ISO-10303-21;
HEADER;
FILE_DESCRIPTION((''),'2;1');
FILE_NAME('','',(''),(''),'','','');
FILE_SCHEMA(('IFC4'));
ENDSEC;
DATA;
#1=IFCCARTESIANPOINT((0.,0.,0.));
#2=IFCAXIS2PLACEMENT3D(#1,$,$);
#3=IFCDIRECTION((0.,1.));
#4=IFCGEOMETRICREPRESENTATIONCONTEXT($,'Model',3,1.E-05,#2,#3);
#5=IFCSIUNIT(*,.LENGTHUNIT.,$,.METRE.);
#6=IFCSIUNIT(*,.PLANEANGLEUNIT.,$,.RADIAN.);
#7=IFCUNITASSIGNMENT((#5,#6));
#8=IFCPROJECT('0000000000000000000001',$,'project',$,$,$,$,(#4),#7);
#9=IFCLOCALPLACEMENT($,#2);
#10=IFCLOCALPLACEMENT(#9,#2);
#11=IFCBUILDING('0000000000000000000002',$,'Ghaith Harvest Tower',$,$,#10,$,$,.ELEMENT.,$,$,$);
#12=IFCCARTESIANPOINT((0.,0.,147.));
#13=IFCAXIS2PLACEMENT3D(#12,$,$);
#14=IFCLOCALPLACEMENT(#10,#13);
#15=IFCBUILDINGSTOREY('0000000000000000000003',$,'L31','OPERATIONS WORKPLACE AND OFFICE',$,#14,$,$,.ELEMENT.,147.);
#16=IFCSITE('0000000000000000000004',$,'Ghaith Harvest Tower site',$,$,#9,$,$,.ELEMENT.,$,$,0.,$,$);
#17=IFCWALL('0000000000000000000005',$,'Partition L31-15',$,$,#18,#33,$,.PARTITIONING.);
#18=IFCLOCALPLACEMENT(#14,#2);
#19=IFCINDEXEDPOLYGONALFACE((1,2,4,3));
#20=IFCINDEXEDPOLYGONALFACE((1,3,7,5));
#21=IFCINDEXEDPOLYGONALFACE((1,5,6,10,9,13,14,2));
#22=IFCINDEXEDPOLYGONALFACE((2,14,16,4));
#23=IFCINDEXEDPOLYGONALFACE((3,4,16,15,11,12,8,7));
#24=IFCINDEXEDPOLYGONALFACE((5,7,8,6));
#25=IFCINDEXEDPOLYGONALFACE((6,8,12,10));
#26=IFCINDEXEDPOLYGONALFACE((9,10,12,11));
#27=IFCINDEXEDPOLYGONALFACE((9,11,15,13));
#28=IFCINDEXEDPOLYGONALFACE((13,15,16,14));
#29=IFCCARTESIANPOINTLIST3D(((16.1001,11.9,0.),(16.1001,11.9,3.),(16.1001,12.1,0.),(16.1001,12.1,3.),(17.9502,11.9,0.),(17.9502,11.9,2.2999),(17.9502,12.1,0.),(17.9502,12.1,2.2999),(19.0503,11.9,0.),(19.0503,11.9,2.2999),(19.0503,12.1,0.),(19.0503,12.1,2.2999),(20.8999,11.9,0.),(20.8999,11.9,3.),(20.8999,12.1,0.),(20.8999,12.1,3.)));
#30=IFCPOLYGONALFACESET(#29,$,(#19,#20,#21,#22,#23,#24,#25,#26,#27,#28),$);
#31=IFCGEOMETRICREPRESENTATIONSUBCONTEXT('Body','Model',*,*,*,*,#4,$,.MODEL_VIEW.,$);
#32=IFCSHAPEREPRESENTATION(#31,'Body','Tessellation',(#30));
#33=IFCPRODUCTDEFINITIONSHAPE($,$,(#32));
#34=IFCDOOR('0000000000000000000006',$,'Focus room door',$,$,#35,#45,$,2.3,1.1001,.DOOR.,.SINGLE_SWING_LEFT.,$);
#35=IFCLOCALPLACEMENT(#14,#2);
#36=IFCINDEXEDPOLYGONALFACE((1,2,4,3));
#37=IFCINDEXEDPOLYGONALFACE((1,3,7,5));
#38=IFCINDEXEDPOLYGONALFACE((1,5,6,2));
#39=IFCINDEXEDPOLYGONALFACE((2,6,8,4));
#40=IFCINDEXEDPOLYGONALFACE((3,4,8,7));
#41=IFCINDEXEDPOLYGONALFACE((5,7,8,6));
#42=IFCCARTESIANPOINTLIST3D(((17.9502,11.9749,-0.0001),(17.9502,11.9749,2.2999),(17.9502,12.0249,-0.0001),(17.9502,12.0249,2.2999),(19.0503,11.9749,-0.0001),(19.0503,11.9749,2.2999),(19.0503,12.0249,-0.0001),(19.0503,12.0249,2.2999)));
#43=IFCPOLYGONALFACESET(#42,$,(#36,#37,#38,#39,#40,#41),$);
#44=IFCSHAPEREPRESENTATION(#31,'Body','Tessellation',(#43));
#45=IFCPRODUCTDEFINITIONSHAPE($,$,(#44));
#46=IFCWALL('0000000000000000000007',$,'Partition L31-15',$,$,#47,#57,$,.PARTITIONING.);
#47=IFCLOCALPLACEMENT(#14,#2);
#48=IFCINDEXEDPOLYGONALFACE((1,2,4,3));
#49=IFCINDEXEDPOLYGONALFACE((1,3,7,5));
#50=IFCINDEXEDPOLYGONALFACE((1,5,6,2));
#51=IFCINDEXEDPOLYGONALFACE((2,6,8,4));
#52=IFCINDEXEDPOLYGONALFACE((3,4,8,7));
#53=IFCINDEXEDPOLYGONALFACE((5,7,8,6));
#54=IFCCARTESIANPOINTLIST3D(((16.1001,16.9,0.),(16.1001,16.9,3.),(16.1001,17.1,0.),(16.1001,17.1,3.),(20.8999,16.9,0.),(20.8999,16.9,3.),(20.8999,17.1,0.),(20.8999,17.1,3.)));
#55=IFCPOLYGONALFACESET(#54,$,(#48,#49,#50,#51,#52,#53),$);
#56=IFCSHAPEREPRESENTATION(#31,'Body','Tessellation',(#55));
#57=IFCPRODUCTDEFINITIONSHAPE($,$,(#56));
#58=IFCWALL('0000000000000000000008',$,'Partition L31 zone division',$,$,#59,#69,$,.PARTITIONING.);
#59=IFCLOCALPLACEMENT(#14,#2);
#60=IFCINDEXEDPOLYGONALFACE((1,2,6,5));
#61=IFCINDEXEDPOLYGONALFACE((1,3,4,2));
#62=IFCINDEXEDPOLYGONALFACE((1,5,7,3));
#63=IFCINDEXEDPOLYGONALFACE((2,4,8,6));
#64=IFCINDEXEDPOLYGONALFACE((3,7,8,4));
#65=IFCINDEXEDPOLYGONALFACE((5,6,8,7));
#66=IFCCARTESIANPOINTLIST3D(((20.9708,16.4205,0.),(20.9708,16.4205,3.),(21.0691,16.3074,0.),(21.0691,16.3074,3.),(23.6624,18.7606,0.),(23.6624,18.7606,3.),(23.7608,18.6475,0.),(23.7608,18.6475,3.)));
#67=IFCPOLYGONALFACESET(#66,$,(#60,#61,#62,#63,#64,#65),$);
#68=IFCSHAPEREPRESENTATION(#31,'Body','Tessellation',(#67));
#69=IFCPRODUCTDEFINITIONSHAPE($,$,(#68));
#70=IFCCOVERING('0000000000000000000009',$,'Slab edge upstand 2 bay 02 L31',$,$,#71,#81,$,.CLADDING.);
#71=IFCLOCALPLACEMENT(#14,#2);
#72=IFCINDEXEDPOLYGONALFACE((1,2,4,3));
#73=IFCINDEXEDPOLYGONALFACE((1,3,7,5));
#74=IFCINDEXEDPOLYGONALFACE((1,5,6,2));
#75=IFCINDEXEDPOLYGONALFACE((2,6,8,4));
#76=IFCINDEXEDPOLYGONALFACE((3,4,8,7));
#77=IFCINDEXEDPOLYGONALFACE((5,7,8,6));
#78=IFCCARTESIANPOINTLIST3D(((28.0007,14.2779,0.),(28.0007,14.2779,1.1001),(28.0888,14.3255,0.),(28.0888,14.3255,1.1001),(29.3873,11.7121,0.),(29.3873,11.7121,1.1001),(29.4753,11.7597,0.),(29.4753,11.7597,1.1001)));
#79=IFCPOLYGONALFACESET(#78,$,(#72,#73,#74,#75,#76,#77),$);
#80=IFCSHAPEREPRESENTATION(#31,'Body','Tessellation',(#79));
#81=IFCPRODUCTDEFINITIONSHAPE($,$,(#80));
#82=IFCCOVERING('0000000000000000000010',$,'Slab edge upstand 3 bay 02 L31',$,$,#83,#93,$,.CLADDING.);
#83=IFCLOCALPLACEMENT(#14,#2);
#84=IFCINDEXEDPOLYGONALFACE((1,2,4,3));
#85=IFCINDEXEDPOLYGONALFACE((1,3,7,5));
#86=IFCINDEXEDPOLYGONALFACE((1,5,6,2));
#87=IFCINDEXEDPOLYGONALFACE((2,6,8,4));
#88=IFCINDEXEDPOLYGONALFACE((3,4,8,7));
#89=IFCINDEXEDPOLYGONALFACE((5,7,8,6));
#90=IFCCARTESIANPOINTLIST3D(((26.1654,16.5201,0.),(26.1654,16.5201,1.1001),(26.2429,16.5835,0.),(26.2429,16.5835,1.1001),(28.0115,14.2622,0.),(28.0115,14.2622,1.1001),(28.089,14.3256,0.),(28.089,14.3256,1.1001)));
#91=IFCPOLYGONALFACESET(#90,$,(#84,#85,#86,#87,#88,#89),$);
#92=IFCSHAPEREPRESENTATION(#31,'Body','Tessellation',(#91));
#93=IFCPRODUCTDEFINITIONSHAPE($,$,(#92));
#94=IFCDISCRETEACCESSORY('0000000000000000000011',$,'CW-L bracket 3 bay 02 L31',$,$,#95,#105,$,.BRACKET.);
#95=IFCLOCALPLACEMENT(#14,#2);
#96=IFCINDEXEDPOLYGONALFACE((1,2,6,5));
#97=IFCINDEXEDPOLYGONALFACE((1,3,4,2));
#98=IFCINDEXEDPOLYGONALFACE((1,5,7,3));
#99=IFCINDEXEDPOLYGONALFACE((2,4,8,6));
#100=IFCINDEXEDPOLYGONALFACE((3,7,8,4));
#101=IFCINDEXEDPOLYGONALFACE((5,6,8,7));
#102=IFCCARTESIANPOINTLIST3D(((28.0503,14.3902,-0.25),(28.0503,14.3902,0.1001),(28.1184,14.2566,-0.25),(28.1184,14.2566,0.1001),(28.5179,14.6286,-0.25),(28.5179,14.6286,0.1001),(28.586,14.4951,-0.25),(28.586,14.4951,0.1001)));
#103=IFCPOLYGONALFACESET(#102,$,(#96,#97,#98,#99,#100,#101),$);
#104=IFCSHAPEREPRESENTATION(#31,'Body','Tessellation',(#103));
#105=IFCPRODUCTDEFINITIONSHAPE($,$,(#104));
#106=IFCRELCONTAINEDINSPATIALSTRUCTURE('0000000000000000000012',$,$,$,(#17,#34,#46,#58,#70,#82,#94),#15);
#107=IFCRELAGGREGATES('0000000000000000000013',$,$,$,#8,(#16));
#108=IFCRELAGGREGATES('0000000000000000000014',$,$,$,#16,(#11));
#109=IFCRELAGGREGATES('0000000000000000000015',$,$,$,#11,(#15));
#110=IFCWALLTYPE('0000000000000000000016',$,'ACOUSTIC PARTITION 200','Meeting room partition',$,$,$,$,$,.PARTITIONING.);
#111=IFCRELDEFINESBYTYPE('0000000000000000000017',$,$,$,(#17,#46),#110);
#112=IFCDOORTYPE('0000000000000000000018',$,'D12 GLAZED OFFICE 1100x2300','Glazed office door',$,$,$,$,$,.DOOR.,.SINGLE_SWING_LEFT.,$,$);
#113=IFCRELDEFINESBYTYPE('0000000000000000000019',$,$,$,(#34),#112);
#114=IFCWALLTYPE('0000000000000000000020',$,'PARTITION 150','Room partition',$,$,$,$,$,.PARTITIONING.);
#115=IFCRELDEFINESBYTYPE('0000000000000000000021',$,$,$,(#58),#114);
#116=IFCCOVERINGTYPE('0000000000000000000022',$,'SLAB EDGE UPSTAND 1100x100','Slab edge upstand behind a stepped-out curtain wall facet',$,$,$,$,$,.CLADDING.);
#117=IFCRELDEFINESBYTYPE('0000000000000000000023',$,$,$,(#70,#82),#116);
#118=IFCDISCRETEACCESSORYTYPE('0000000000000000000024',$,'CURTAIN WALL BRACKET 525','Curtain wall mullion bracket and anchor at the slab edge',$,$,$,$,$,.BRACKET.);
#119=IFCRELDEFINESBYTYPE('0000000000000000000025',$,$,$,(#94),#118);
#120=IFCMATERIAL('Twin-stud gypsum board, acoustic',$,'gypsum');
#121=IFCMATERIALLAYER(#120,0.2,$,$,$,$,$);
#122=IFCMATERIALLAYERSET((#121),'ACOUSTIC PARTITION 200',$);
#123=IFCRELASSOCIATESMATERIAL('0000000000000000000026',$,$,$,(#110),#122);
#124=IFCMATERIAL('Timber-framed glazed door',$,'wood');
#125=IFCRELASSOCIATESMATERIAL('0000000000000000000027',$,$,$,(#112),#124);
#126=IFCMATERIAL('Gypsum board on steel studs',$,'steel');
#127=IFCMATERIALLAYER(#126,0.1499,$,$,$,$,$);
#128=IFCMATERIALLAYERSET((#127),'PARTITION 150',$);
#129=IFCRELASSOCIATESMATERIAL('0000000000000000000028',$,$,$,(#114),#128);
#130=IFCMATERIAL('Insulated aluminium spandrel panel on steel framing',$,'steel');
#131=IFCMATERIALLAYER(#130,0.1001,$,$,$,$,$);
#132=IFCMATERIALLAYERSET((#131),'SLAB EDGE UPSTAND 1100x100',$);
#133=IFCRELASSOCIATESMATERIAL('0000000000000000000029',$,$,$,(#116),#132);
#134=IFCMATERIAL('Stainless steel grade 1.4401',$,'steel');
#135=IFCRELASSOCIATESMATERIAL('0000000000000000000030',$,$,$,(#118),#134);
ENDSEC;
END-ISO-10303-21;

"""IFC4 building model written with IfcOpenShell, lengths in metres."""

from ifc_helpers import new_model, si_unit, direction, frame, frame_2d, origin, origin_2d, place, context, subcontext, project, spatial, rectangle, extrude, material, layer, layer_set, type_object, element, fill, save


model = new_model("IFC4")

# Units and contexts
model_context = context("Model", 3, precision=1e-05, world=origin(), true_north=direction((0.0, 1.0)))
body_context = subcontext(model_context, "Body", "Model", "MODEL_VIEW")
ifc_project = project(units=[si_unit("LENGTHUNIT", "METRE"), si_unit("PLANEANGLEUNIT", "RADIAN")], contexts=[model_context])

# Site, building, storey
site_placement = place(None, origin())
site = spatial("IfcSite", under=ifc_project, at=site_placement, Name="Ghaith Harvest Tower site", CompositionType="ELEMENT", RefElevation=0.0)
building_placement = place(site_placement, origin())
building = spatial("IfcBuilding", under=site, at=building_placement, Name="Ghaith Harvest Tower", CompositionType="ELEMENT")
storey_placement = place(building_placement, frame((0.0, 0.0, 147.0)))
storey = spatial("IfcBuildingStorey", under=building, at=storey_placement, Name="L31", Description="OPERATIONS WORKPLACE AND OFFICE", CompositionType="ELEMENT", Elevation=147.0)

# Wall, opening, door
ifc_material_1 = material(Name="Twin-stud gypsum board, acoustic", Category="gypsum")
ifc_layer_1 = layer(ifc_material_1, 0.2)
ifc_layer_set_1 = layer_set([ifc_layer_1], Name="ACOUSTIC PARTITION 200")
wall_type_1 = type_object("IfcWallType", Name="ACOUSTIC PARTITION 200", Description="Meeting room partition", PredefinedType="PARTITIONING", material=ifc_layer_set_1)
wall_1_placement = place(storey_placement, frame((16.1001, 12.0, 0.0), z_axis=(0.0, 0.0, 1.0), x_axis=(1.0, 0.0, 0.0)))
wall_1 = element("IfcWall", 1, at=wall_1_placement, inside=storey, type_object=wall_type_1, Name="Partition L31-15", PredefinedType="PARTITIONING", context=body_context, shape_type="SweptSolid", body=[
    extrude(rectangle(XDim=4.7998, YDim=0.2, at=frame_2d((2.3999, 0.0))), origin(), (0.0, 0.0, 1.0), 3.0),
])
opening_placement = place(wall_1_placement, frame((1.8501, 0.0, 0.0)))
opening = element("IfcOpeningElement", 2, at=opening_placement, cuts=wall_1, PredefinedType="OPENING", context=body_context, shape_type="SweptSolid", body=[
    extrude(rectangle(XDim=1.1001, YDim=2.3, at=frame_2d((0.55, 1.1499))), frame((0.0, 0.1099, 0.0), z_axis=(0.0, -1.0, 0.0), x_axis=(1.0, 0.0, 0.0)), (0.0, 0.0, 1.0), 0.22),
])
ifc_material_2 = material(Name="Timber-framed glazed door", Category="wood")
door_type = type_object("IfcDoorType", Name="D12 GLAZED OFFICE 1100x2300", Description="Glazed office door", OperationType="SINGLE_SWING_LEFT", PredefinedType="DOOR", material=ifc_material_2)
door_placement = place(opening_placement, origin())
door = element("IfcDoor", 3, at=door_placement, inside=storey, type_object=door_type, Name="Focus room door", OperationType="SINGLE_SWING_LEFT", OverallHeight=2.3, OverallWidth=1.1001, PredefinedType="DOOR", context=body_context, shape_type="SweptSolid", body=[
    extrude(rectangle(XDim=1.1001, YDim=2.3, at=frame_2d((0.55, 1.1499))), frame((0.0, 0.0249, 0.0), z_axis=(0.0, -1.0, 0.0), x_axis=(1.0, 0.0, 0.0)), (0.0, 0.0, 1.0), 0.05),
])
fill(opening, door)

# Walls
wall_2_placement = place(storey_placement, frame((16.1001, 17.0, 0.0), z_axis=(0.0, 0.0, 1.0), x_axis=(1.0, 0.0, 0.0)))
element("IfcWall", 4, at=wall_2_placement, inside=storey, type_object=wall_type_1, Name="Partition L31-15", PredefinedType="PARTITIONING", context=body_context, shape_type="SweptSolid", body=[
    extrude(rectangle(XDim=4.7998, YDim=0.2, at=frame_2d((2.3999, 0.0))), origin(), (0.0, 0.0, 1.0), 3.0),
])
ifc_material_3 = material(Name="Gypsum board on steel studs", Category="steel")
ifc_layer_2 = layer(ifc_material_3, 0.1499)
ifc_layer_set_2 = layer_set([ifc_layer_2], Name="PARTITION 150")
wall_type_2 = type_object("IfcWallType", Name="PARTITION 150", Description="Room partition", PredefinedType="PARTITIONING", material=ifc_layer_set_2)
wall_3_placement = place(storey_placement, frame((21.02, 16.364, 0.0), z_axis=(0.0, 0.0, 1.0), x_axis=(0.754672, 0.656102, 0.0)))
element("IfcWall", 5, at=wall_3_placement, inside=storey, type_object=wall_type_2, Name="Partition L31 zone division", PredefinedType="PARTITIONING", context=body_context, shape_type="SweptSolid", body=[
    extrude(rectangle(XDim=3.5667, YDim=0.1499, at=frame_2d((1.7832, 0.0))), origin(), (0.0, 0.0, 1.0), 3.0),
])

# Coverings
ifc_material_4 = material(Name="Insulated aluminium spandrel panel on steel framing", Category="steel")
ifc_layer_3 = layer(ifc_material_4, 0.1001)
ifc_layer_set_3 = layer_set([ifc_layer_3], Name="SLAB EDGE UPSTAND 1100x100")
covering_type = type_object("IfcCoveringType", Name="SLAB EDGE UPSTAND 1100x100", Description="Slab edge upstand behind a stepped-out curtain wall facet", PredefinedType="CLADDING", material=ifc_layer_set_3)
for number, where, z_axis, x_axis, name in (
    (6, (28.738, 13.0188, 0.0), (0.0, 0.0, 1.0), (-0.475409, 0.879765, 0.0), "Slab edge upstand 2 bay 02 L31"),
    (7, (27.1272, 15.4229, 0.0), (0.0, 0.0, 1.0), (-0.63297, 0.774177, 0.0), "Slab edge upstand 3 bay 02 L31"),
):
    element("IfcCovering", number, at=place(storey_placement, frame(where, z_axis=z_axis, x_axis=x_axis)), inside=storey, type_object=covering_type, Name=name, PredefinedType="CLADDING", context=body_context, shape_type="SweptSolid", body=[
        extrude(rectangle(XDim=2.9165, YDim=0.1001, at=origin_2d()), origin(), (0.0, 0.0, 1.0), 1.1001),
    ])

# Discrete accessory
ifc_material_5 = material(Name="Stainless steel grade 1.4401", Category="steel")
discrete_accessory_type = type_object("IfcDiscreteAccessoryType", Name="CURTAIN WALL BRACKET 525", Description="Curtain wall mullion bracket and anchor at the slab edge", PredefinedType="BRACKET", material=ifc_material_5)
discrete_accessory_placement = place(storey_placement, frame((28.3181, 14.4426, -0.25), z_axis=(0.0, 0.0, 1.0), x_axis=(0.890831, 0.454335, 0.0)))
element("IfcDiscreteAccessory", 8, at=discrete_accessory_placement, inside=storey, type_object=discrete_accessory_type, Name="CW-L bracket 3 bay 02 L31", PredefinedType="BRACKET", context=body_context, shape_type="SweptSolid", body=[
    extrude(rectangle(XDim=0.5249, YDim=0.1499, at=origin_2d()), origin(), (0.0, 0.0, 1.0), 0.3501),
])

save(model, "model.ifc")
